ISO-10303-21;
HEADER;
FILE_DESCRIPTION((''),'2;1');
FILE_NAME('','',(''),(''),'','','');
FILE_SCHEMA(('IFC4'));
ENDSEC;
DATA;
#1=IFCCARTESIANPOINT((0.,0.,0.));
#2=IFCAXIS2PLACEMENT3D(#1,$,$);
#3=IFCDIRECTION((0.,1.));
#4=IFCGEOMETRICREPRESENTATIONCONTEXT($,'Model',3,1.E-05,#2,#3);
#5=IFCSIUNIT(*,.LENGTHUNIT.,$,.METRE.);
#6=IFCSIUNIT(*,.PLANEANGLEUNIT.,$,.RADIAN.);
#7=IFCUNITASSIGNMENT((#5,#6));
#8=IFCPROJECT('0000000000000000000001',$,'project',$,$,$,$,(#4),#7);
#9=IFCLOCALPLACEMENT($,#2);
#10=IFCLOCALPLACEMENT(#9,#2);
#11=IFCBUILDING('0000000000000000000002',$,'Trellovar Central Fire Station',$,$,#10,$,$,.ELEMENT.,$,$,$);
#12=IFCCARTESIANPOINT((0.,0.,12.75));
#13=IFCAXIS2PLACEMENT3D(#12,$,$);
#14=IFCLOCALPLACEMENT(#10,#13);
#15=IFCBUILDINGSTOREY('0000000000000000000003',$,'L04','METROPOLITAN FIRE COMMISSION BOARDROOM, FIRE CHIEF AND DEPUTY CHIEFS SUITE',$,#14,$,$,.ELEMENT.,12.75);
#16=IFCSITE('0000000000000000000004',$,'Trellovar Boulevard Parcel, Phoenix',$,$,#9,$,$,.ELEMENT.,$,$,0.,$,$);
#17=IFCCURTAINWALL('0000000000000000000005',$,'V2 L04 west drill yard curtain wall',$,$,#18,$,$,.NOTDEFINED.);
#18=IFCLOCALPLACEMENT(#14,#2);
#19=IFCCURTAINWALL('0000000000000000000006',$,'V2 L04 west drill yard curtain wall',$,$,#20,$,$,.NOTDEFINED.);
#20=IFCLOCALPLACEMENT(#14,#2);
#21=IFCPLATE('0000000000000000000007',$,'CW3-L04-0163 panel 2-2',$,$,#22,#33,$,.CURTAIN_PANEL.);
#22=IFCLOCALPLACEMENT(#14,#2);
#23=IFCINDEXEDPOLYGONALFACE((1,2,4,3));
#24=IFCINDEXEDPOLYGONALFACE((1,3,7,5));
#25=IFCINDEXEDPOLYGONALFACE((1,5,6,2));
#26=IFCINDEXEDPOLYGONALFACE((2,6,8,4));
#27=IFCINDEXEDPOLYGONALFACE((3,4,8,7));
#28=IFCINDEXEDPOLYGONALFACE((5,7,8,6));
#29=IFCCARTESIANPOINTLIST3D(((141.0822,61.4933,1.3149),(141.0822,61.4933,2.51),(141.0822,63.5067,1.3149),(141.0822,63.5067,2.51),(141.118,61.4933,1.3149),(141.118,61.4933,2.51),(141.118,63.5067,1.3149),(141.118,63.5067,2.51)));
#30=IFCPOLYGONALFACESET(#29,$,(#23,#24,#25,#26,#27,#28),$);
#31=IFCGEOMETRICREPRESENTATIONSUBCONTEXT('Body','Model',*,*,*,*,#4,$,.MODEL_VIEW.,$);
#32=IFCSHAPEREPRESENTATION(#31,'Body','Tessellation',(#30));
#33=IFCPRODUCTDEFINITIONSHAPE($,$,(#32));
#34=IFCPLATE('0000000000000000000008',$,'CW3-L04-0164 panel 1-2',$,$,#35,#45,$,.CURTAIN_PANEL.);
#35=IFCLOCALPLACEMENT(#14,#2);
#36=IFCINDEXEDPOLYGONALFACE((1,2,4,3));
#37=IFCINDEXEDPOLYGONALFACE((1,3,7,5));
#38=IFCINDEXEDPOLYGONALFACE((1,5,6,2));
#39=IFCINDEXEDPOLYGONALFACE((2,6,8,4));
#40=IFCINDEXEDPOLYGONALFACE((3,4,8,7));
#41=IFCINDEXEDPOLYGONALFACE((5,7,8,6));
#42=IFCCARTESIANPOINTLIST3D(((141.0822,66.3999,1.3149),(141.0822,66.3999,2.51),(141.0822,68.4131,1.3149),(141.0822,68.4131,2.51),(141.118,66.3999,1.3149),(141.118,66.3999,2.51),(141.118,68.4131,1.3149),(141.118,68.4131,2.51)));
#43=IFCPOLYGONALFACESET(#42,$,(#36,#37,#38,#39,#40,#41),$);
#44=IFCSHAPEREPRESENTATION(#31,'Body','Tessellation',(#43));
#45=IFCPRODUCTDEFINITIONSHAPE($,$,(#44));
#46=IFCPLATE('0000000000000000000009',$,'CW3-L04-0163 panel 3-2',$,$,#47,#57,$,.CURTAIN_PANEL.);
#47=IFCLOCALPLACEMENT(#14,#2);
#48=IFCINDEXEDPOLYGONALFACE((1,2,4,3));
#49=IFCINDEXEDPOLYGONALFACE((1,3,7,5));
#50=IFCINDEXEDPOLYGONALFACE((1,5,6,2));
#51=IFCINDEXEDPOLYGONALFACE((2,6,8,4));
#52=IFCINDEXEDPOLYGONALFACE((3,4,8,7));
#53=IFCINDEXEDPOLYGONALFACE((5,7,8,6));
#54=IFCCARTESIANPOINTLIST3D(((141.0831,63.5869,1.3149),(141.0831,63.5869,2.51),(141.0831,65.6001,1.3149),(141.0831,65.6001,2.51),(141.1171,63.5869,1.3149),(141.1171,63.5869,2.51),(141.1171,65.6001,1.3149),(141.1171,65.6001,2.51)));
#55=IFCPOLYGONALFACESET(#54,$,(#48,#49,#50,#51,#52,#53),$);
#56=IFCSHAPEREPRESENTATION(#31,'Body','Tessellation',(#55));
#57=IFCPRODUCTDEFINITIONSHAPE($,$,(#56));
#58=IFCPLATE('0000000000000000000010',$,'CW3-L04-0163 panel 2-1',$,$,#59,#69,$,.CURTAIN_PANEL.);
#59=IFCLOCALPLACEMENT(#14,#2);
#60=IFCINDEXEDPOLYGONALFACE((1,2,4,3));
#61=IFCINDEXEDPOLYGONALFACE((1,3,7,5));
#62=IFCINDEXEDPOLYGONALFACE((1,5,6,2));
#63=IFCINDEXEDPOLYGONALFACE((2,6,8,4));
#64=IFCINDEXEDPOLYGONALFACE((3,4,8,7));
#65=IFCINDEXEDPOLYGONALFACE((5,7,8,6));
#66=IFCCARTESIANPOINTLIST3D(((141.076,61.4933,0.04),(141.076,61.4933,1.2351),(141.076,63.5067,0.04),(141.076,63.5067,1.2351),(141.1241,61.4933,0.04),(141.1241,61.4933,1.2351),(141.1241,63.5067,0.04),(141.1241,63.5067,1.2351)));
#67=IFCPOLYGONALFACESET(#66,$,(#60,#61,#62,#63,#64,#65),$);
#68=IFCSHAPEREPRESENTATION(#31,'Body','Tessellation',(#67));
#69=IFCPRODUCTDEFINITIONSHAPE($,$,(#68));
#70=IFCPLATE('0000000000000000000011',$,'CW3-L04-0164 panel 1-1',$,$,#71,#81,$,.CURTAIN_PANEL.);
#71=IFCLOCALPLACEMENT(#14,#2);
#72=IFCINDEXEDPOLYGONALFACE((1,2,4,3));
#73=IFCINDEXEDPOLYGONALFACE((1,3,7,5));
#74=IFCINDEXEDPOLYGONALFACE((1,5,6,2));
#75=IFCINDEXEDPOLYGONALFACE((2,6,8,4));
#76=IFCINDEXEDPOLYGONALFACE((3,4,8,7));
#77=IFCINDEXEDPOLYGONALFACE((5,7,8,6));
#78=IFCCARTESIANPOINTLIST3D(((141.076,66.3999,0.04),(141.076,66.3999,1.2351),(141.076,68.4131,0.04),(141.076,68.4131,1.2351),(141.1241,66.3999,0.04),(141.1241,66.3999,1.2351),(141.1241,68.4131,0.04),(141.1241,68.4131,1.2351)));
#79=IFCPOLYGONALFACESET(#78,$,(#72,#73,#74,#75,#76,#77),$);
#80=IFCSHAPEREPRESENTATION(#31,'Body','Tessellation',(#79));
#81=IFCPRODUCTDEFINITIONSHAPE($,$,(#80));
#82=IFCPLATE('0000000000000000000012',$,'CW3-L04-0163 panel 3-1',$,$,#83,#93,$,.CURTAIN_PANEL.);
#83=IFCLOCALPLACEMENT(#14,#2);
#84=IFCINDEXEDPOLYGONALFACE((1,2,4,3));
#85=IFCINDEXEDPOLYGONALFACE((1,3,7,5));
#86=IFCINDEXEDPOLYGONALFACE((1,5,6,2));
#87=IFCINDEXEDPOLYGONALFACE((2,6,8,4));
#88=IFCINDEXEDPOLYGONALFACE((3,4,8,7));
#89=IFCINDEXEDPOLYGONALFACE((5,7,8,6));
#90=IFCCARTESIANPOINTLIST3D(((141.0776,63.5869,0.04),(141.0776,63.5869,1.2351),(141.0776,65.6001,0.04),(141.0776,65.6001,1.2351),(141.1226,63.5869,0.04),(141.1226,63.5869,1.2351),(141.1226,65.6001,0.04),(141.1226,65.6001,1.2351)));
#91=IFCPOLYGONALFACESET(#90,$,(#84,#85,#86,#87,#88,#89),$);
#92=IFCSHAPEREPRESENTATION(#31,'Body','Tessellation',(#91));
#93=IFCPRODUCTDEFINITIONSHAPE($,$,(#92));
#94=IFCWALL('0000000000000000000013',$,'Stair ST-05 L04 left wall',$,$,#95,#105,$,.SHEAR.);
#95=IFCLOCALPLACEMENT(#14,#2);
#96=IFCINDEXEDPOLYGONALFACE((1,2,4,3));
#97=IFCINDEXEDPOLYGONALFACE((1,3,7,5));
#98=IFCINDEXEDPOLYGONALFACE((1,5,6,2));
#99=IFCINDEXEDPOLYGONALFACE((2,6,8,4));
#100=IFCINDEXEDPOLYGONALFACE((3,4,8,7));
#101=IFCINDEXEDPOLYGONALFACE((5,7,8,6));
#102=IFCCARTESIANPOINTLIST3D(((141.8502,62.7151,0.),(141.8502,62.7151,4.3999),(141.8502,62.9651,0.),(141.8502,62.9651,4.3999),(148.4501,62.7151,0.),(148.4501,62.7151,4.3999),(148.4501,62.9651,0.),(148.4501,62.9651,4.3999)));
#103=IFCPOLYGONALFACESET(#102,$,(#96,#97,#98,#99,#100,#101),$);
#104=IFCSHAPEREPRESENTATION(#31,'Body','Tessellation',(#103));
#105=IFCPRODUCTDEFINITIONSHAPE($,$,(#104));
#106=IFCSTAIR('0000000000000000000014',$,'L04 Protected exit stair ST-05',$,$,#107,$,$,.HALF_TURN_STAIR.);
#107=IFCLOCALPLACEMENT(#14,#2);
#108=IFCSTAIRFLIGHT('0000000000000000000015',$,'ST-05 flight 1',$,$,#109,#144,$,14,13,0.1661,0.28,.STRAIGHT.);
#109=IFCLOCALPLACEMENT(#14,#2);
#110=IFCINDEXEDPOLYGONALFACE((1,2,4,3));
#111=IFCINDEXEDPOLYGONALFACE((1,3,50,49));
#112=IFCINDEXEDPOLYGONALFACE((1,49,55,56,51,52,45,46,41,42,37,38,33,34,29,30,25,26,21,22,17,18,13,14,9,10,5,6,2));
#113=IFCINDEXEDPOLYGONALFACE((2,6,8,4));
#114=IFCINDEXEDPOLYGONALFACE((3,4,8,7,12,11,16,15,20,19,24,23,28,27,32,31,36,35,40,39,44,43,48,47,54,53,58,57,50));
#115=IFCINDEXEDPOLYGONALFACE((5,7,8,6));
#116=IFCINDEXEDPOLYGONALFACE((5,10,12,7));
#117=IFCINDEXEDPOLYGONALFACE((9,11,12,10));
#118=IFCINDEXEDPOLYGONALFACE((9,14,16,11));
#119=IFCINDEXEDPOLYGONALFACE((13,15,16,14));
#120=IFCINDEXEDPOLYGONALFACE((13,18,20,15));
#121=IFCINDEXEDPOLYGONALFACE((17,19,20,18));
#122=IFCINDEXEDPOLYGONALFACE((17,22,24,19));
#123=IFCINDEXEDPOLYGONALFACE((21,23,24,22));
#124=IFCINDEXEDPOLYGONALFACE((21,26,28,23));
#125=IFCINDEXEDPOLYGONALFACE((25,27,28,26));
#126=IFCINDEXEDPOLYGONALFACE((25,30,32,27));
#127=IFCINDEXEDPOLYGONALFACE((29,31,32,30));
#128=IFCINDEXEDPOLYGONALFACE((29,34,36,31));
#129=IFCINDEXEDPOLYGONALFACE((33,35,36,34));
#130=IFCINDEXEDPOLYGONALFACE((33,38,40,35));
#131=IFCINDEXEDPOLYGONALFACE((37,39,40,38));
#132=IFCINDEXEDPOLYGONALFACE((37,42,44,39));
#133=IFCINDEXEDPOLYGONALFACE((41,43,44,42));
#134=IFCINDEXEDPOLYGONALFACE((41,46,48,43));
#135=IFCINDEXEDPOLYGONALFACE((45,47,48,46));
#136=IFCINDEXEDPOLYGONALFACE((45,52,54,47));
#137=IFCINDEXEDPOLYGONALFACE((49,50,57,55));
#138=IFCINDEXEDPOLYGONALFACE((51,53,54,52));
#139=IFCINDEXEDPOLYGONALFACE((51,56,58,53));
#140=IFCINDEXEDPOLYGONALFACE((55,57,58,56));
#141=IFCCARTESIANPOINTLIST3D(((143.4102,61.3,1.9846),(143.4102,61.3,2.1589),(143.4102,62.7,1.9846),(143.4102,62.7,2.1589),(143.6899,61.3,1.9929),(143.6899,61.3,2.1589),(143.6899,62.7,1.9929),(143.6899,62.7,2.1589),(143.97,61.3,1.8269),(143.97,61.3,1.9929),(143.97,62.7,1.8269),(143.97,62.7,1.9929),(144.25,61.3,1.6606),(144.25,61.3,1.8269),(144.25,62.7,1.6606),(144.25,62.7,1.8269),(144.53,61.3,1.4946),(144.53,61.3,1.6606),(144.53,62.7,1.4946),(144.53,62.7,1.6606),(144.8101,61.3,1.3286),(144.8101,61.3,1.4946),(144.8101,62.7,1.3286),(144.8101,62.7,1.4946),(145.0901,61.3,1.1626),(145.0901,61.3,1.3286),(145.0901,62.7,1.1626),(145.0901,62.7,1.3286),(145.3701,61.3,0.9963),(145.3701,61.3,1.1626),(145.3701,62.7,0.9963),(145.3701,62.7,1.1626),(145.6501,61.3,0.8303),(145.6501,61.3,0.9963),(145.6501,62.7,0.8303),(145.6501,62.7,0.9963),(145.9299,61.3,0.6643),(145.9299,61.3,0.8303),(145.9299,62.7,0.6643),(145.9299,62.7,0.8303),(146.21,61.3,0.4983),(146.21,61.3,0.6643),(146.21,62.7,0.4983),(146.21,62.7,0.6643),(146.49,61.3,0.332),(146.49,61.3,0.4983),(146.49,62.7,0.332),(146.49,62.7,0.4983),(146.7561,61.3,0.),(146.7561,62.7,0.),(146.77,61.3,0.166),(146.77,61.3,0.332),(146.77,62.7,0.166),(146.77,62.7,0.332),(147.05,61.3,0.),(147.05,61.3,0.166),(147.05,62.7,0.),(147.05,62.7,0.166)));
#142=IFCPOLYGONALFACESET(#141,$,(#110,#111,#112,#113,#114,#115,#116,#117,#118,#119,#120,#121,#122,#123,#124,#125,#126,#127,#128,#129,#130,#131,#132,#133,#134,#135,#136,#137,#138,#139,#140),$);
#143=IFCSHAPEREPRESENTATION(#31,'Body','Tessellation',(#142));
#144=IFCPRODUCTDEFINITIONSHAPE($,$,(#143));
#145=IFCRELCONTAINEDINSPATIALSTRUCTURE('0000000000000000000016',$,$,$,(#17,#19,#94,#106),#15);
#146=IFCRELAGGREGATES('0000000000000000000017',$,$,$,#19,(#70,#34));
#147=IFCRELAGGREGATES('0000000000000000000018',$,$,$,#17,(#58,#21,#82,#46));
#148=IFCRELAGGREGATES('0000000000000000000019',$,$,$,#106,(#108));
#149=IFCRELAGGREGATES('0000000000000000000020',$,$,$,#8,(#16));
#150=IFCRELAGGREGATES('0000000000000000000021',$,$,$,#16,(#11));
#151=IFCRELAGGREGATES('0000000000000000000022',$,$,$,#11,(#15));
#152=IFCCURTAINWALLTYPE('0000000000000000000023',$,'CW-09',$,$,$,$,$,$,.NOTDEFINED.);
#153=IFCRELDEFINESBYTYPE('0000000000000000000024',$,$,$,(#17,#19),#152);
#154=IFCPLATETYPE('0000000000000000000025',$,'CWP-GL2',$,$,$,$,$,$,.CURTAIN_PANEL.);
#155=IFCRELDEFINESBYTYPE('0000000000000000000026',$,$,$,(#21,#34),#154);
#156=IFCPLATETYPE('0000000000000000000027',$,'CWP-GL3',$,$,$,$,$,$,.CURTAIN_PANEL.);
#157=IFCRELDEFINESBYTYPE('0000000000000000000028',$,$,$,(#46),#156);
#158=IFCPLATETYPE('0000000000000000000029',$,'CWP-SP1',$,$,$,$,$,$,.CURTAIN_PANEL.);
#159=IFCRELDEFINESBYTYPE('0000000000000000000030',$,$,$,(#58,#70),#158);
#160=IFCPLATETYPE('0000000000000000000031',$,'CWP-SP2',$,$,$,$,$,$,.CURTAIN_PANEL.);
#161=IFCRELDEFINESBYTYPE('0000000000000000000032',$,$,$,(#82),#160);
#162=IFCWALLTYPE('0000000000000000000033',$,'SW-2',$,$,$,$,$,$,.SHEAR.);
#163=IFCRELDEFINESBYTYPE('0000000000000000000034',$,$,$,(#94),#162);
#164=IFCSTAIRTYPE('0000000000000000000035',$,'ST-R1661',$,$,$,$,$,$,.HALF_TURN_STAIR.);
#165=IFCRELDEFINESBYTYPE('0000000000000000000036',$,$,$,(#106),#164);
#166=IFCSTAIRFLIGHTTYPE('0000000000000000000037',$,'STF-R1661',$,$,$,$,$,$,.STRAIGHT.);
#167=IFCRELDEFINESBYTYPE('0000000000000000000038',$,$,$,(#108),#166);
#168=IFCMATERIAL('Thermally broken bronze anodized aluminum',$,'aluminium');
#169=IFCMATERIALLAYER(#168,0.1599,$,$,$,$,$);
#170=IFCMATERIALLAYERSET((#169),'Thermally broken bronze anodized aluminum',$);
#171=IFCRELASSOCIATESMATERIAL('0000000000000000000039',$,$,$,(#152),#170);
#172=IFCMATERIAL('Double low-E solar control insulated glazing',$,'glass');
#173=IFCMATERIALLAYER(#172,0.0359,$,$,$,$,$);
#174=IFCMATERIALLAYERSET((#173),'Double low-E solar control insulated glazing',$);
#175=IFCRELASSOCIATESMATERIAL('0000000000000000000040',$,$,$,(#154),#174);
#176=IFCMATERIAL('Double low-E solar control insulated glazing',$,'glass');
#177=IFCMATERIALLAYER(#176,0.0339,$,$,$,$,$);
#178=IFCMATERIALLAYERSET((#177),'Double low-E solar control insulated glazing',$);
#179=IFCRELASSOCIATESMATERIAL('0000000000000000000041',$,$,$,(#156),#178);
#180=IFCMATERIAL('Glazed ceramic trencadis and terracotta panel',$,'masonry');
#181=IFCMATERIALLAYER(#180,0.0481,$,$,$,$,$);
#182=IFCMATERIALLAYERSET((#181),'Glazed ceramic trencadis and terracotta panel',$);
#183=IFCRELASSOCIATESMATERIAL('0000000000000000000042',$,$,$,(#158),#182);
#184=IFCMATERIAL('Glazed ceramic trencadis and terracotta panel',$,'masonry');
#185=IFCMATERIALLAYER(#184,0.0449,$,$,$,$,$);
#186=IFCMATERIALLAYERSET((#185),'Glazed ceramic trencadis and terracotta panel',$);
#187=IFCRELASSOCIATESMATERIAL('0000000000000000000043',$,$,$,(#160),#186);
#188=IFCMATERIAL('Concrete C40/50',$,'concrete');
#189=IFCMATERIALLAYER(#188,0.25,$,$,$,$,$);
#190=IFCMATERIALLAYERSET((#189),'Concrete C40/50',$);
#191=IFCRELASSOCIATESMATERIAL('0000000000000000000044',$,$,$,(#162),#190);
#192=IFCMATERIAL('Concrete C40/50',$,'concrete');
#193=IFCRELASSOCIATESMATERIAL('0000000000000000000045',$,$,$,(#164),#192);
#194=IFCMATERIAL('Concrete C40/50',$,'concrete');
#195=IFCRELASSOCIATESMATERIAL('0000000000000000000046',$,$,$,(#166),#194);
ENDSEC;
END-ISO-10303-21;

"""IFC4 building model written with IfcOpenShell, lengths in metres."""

from ifc_helpers import new_model, si_unit, direction, frame, frame_2d, origin, origin_2d, place, context, subcontext, project, spatial, polyline, rectangle, outline, extrude, material, layer, layer_set, type_object, element, aggregate, save


model = new_model("IFC4")

# Units and contexts
model_context = context("Model", 3, precision=1e-05, world=origin(), true_north=direction((0.0, 1.0)))
body_context = subcontext(model_context, "Body", "Model", "MODEL_VIEW")
ifc_project = project(units=[si_unit("LENGTHUNIT", "METRE"), si_unit("PLANEANGLEUNIT", "RADIAN")], contexts=[model_context])

# Site, building, storey
site_placement = place(None, origin())
site = spatial("IfcSite", under=ifc_project, at=site_placement, Name="Trellovar Boulevard Parcel, Phoenix", CompositionType="ELEMENT", RefElevation=0.0)
building_placement = place(site_placement, origin())
building = spatial("IfcBuilding", under=site, at=building_placement, Name="Trellovar Central Fire Station", CompositionType="ELEMENT")
storey_placement = place(building_placement, frame((0.0, 0.0, 12.75)))
storey = spatial("IfcBuildingStorey", under=building, at=storey_placement, Name="L04", Description="METROPOLITAN FIRE COMMISSION BOARDROOM, FIRE CHIEF AND DEPUTY CHIEFS SUITE", CompositionType="ELEMENT", Elevation=12.75)

# Curtain walls
ifc_material_1 = material(Name="Thermally broken bronze anodized aluminum", Category="aluminium")
ifc_layer_1 = layer(ifc_material_1, 0.1599)
ifc_layer_set_1 = layer_set([ifc_layer_1], Name="Thermally broken bronze anodized aluminum")
curtain_wall_type = type_object("IfcCurtainWallType", Name="CW-09", PredefinedType="NOTDEFINED", material=ifc_layer_set_1)
curtain_wall_1_placement = place(storey_placement, origin())
curtain_wall_1 = element("IfcCurtainWall", 1, at=curtain_wall_1_placement, inside=storey, type_object=curtain_wall_type, Name="V2 L04 west drill yard curtain wall", PredefinedType="NOTDEFINED")
curtain_wall_2_placement = place(storey_placement, origin())
curtain_wall_2 = element("IfcCurtainWall", 2, at=curtain_wall_2_placement, inside=storey, type_object=curtain_wall_type, Name="V2 L04 west drill yard curtain wall", PredefinedType="NOTDEFINED")

# Plates
ifc_material_2 = material(Name="Double low-E solar control insulated glazing", Category="glass")
ifc_layer_2 = layer(ifc_material_2, 0.0359)
ifc_layer_set_2 = layer_set([ifc_layer_2], Name="Double low-E solar control insulated glazing")
plate_type_1 = type_object("IfcPlateType", Name="CWP-GL2", PredefinedType="CURTAIN_PANEL", material=ifc_layer_set_2)
plate_1_placement = place(storey_placement, frame((141.1001, 62.5, 1.3149), z_axis=(0.0, 0.0, 1.0), x_axis=(0.0, 1.0, 0.0)))
plate_1 = element("IfcPlate", 3, at=plate_1_placement, type_object=plate_type_1, Name="CW3-L04-0163 panel 2-2", PredefinedType="CURTAIN_PANEL", context=body_context, shape_type="SweptSolid", body=[
    extrude(rectangle(XDim=2.0134, YDim=0.0359, at=origin_2d()), origin(), (0.0, 0.0, 1.0), 1.1951),
])
plate_2_placement = place(storey_placement, frame((141.1001, 67.4065, 1.3149), z_axis=(0.0, 0.0, 1.0), x_axis=(0.0, 1.0, 0.0)))
plate_2 = element("IfcPlate", 4, at=plate_2_placement, type_object=plate_type_1, Name="CW3-L04-0164 panel 1-2", PredefinedType="CURTAIN_PANEL", context=body_context, shape_type="SweptSolid", body=[
    extrude(rectangle(XDim=2.0132, YDim=0.0359, at=origin_2d()), origin(), (0.0, 0.0, 1.0), 1.1951),
])
ifc_material_3 = material(Name="Double low-E solar control insulated glazing", Category="glass")
ifc_layer_3 = layer(ifc_material_3, 0.0339)
ifc_layer_set_3 = layer_set([ifc_layer_3], Name="Double low-E solar control insulated glazing")
plate_type_2 = type_object("IfcPlateType", Name="CWP-GL3", PredefinedType="CURTAIN_PANEL", material=ifc_layer_set_3)
plate_3_placement = place(storey_placement, frame((141.1001, 64.5935, 1.3149), z_axis=(0.0, 0.0, 1.0), x_axis=(0.0, 1.0, 0.0)))
plate_3 = element("IfcPlate", 5, at=plate_3_placement, type_object=plate_type_2, Name="CW3-L04-0163 panel 3-2", PredefinedType="CURTAIN_PANEL", context=body_context, shape_type="SweptSolid", body=[
    extrude(rectangle(XDim=2.0132, YDim=0.0339, at=origin_2d()), origin(), (0.0, 0.0, 1.0), 1.1951),
])
ifc_material_4 = material(Name="Glazed ceramic trencadis and terracotta panel", Category="masonry")
ifc_layer_4 = layer(ifc_material_4, 0.0481)
ifc_layer_set_4 = layer_set([ifc_layer_4], Name="Glazed ceramic trencadis and terracotta panel")
plate_type_3 = type_object("IfcPlateType", Name="CWP-SP1", PredefinedType="CURTAIN_PANEL", material=ifc_layer_set_4)
plate_4_placement = place(storey_placement, frame((141.1001, 62.5, 0.04), z_axis=(0.0, 0.0, 1.0), x_axis=(0.0, 1.0, 0.0)))
plate_4 = element("IfcPlate", 6, at=plate_4_placement, type_object=plate_type_3, Name="CW3-L04-0163 panel 2-1", PredefinedType="CURTAIN_PANEL", context=body_context, shape_type="SweptSolid", body=[
    extrude(rectangle(XDim=2.0134, YDim=0.0481, at=origin_2d()), origin(), (0.0, 0.0, 1.0), 1.1951),
])
plate_5_placement = place(storey_placement, frame((141.1001, 67.4065, 0.04), z_axis=(0.0, 0.0, 1.0), x_axis=(0.0, 1.0, 0.0)))
plate_5 = element("IfcPlate", 7, at=plate_5_placement, type_object=plate_type_3, Name="CW3-L04-0164 panel 1-1", PredefinedType="CURTAIN_PANEL", context=body_context, shape_type="SweptSolid", body=[
    extrude(rectangle(XDim=2.0132, YDim=0.0481, at=origin_2d()), origin(), (0.0, 0.0, 1.0), 1.1951),
])
aggregate(curtain_wall_2, [plate_5, plate_2])
ifc_material_5 = material(Name="Glazed ceramic trencadis and terracotta panel", Category="masonry")
ifc_layer_5 = layer(ifc_material_5, 0.0449)
ifc_layer_set_5 = layer_set([ifc_layer_5], Name="Glazed ceramic trencadis and terracotta panel")
plate_type_4 = type_object("IfcPlateType", Name="CWP-SP2", PredefinedType="CURTAIN_PANEL", material=ifc_layer_set_5)
plate_6_placement = place(storey_placement, frame((141.1001, 64.5935, 0.04), z_axis=(0.0, 0.0, 1.0), x_axis=(0.0, 1.0, 0.0)))
plate_6 = element("IfcPlate", 8, at=plate_6_placement, type_object=plate_type_4, Name="CW3-L04-0163 panel 3-1", PredefinedType="CURTAIN_PANEL", context=body_context, shape_type="SweptSolid", body=[
    extrude(rectangle(XDim=2.0132, YDim=0.0449, at=origin_2d()), origin(), (0.0, 0.0, 1.0), 1.1951),
])
aggregate(curtain_wall_1, [plate_4, plate_1, plate_6, plate_3])

# Wall
ifc_material_6 = material(Name="Concrete C40/50", Category="concrete")
ifc_layer_6 = layer(ifc_material_6, 0.25)
ifc_layer_set_6 = layer_set([ifc_layer_6], Name="Concrete C40/50")
wall_type = type_object("IfcWallType", Name="SW-2", PredefinedType="SHEAR", material=ifc_layer_set_6)
wall_placement = place(storey_placement, frame((148.45, 62.8401, 0.0), z_axis=(0.0, 0.0, 1.0), x_axis=(-1.0, 0.0, 0.0)))
element("IfcWall", 9, at=wall_placement, inside=storey, type_object=wall_type, Name="Stair ST-05 L04 left wall", PredefinedType="SHEAR", context=body_context, shape_type="SweptSolid", body=[
    extrude(rectangle(XDim=6.5999, YDim=0.25, at=frame_2d((3.2998, 0.0))), origin(), (0.0, 0.0, 1.0), 4.3999),
])

# Stair, stair flight
ifc_material_7 = material(Name="Concrete C40/50", Category="concrete")
stair_type = type_object("IfcStairType", Name="ST-R1661", PredefinedType="HALF_TURN_STAIR", material=ifc_material_7)
stair_placement = place(storey_placement, origin())
stair = element("IfcStair", 10, at=stair_placement, inside=storey, type_object=stair_type, Name="L04 Protected exit stair ST-05", PredefinedType="HALF_TURN_STAIR")
ifc_material_8 = material(Name="Concrete C40/50", Category="concrete")
stair_flight_type = type_object("IfcStairFlightType", Name="STF-R1661", PredefinedType="STRAIGHT", material=ifc_material_8)
stair_flight_placement = place(storey_placement, frame((147.05, 62.0, 0.0), z_axis=(0.0, 0.0, 1.0), x_axis=(-1.0, 0.0, 0.0)))
stair_flight = element("IfcStairFlight", 11, at=stair_flight_placement, type_object=stair_flight_type, Name="ST-05 flight 1", NumberOfRisers=14, NumberOfTreads=13, PredefinedType="STRAIGHT", RiserHeight=0.1661, TreadLength=0.28, context=body_context, shape_type="SweptSolid", body=[
    extrude(outline(polyline([(0.0, 0.0), (0.0, 0.166), (0.28, 0.166), (0.28, 0.332), (0.5601, 0.332), (0.5601, 0.4983), (0.8401, 0.4983), (0.8401, 0.6643), (1.1201, 0.6643), (1.1201, 0.8303), (1.3999, 0.8303), (1.3999, 0.9963), (1.6799, 0.9963), (1.6799, 1.1626), (1.96, 1.1626), (1.96, 1.3286), (2.24, 1.3286), (2.24, 1.4946), (2.52, 1.4946), (2.52, 1.6606), (2.8, 1.6606), (2.8, 1.8269), (3.0801, 1.8269), (3.0801, 1.9929), (3.3601, 1.9929), (3.3601, 2.1589), (3.6399, 2.1589), (3.6399, 2.325), (3.6399, 1.9846), (0.2939, 0.0), (0.0, 0.0)])), frame((0.0, 0.7, 0.0), z_axis=(0.0, -1.0, 0.0), x_axis=(1.0, 0.0, 0.0)), (0.0, 0.0, 1.0), 1.3999),
])
aggregate(stair, [stair_flight])

save(model, "model.ifc")
